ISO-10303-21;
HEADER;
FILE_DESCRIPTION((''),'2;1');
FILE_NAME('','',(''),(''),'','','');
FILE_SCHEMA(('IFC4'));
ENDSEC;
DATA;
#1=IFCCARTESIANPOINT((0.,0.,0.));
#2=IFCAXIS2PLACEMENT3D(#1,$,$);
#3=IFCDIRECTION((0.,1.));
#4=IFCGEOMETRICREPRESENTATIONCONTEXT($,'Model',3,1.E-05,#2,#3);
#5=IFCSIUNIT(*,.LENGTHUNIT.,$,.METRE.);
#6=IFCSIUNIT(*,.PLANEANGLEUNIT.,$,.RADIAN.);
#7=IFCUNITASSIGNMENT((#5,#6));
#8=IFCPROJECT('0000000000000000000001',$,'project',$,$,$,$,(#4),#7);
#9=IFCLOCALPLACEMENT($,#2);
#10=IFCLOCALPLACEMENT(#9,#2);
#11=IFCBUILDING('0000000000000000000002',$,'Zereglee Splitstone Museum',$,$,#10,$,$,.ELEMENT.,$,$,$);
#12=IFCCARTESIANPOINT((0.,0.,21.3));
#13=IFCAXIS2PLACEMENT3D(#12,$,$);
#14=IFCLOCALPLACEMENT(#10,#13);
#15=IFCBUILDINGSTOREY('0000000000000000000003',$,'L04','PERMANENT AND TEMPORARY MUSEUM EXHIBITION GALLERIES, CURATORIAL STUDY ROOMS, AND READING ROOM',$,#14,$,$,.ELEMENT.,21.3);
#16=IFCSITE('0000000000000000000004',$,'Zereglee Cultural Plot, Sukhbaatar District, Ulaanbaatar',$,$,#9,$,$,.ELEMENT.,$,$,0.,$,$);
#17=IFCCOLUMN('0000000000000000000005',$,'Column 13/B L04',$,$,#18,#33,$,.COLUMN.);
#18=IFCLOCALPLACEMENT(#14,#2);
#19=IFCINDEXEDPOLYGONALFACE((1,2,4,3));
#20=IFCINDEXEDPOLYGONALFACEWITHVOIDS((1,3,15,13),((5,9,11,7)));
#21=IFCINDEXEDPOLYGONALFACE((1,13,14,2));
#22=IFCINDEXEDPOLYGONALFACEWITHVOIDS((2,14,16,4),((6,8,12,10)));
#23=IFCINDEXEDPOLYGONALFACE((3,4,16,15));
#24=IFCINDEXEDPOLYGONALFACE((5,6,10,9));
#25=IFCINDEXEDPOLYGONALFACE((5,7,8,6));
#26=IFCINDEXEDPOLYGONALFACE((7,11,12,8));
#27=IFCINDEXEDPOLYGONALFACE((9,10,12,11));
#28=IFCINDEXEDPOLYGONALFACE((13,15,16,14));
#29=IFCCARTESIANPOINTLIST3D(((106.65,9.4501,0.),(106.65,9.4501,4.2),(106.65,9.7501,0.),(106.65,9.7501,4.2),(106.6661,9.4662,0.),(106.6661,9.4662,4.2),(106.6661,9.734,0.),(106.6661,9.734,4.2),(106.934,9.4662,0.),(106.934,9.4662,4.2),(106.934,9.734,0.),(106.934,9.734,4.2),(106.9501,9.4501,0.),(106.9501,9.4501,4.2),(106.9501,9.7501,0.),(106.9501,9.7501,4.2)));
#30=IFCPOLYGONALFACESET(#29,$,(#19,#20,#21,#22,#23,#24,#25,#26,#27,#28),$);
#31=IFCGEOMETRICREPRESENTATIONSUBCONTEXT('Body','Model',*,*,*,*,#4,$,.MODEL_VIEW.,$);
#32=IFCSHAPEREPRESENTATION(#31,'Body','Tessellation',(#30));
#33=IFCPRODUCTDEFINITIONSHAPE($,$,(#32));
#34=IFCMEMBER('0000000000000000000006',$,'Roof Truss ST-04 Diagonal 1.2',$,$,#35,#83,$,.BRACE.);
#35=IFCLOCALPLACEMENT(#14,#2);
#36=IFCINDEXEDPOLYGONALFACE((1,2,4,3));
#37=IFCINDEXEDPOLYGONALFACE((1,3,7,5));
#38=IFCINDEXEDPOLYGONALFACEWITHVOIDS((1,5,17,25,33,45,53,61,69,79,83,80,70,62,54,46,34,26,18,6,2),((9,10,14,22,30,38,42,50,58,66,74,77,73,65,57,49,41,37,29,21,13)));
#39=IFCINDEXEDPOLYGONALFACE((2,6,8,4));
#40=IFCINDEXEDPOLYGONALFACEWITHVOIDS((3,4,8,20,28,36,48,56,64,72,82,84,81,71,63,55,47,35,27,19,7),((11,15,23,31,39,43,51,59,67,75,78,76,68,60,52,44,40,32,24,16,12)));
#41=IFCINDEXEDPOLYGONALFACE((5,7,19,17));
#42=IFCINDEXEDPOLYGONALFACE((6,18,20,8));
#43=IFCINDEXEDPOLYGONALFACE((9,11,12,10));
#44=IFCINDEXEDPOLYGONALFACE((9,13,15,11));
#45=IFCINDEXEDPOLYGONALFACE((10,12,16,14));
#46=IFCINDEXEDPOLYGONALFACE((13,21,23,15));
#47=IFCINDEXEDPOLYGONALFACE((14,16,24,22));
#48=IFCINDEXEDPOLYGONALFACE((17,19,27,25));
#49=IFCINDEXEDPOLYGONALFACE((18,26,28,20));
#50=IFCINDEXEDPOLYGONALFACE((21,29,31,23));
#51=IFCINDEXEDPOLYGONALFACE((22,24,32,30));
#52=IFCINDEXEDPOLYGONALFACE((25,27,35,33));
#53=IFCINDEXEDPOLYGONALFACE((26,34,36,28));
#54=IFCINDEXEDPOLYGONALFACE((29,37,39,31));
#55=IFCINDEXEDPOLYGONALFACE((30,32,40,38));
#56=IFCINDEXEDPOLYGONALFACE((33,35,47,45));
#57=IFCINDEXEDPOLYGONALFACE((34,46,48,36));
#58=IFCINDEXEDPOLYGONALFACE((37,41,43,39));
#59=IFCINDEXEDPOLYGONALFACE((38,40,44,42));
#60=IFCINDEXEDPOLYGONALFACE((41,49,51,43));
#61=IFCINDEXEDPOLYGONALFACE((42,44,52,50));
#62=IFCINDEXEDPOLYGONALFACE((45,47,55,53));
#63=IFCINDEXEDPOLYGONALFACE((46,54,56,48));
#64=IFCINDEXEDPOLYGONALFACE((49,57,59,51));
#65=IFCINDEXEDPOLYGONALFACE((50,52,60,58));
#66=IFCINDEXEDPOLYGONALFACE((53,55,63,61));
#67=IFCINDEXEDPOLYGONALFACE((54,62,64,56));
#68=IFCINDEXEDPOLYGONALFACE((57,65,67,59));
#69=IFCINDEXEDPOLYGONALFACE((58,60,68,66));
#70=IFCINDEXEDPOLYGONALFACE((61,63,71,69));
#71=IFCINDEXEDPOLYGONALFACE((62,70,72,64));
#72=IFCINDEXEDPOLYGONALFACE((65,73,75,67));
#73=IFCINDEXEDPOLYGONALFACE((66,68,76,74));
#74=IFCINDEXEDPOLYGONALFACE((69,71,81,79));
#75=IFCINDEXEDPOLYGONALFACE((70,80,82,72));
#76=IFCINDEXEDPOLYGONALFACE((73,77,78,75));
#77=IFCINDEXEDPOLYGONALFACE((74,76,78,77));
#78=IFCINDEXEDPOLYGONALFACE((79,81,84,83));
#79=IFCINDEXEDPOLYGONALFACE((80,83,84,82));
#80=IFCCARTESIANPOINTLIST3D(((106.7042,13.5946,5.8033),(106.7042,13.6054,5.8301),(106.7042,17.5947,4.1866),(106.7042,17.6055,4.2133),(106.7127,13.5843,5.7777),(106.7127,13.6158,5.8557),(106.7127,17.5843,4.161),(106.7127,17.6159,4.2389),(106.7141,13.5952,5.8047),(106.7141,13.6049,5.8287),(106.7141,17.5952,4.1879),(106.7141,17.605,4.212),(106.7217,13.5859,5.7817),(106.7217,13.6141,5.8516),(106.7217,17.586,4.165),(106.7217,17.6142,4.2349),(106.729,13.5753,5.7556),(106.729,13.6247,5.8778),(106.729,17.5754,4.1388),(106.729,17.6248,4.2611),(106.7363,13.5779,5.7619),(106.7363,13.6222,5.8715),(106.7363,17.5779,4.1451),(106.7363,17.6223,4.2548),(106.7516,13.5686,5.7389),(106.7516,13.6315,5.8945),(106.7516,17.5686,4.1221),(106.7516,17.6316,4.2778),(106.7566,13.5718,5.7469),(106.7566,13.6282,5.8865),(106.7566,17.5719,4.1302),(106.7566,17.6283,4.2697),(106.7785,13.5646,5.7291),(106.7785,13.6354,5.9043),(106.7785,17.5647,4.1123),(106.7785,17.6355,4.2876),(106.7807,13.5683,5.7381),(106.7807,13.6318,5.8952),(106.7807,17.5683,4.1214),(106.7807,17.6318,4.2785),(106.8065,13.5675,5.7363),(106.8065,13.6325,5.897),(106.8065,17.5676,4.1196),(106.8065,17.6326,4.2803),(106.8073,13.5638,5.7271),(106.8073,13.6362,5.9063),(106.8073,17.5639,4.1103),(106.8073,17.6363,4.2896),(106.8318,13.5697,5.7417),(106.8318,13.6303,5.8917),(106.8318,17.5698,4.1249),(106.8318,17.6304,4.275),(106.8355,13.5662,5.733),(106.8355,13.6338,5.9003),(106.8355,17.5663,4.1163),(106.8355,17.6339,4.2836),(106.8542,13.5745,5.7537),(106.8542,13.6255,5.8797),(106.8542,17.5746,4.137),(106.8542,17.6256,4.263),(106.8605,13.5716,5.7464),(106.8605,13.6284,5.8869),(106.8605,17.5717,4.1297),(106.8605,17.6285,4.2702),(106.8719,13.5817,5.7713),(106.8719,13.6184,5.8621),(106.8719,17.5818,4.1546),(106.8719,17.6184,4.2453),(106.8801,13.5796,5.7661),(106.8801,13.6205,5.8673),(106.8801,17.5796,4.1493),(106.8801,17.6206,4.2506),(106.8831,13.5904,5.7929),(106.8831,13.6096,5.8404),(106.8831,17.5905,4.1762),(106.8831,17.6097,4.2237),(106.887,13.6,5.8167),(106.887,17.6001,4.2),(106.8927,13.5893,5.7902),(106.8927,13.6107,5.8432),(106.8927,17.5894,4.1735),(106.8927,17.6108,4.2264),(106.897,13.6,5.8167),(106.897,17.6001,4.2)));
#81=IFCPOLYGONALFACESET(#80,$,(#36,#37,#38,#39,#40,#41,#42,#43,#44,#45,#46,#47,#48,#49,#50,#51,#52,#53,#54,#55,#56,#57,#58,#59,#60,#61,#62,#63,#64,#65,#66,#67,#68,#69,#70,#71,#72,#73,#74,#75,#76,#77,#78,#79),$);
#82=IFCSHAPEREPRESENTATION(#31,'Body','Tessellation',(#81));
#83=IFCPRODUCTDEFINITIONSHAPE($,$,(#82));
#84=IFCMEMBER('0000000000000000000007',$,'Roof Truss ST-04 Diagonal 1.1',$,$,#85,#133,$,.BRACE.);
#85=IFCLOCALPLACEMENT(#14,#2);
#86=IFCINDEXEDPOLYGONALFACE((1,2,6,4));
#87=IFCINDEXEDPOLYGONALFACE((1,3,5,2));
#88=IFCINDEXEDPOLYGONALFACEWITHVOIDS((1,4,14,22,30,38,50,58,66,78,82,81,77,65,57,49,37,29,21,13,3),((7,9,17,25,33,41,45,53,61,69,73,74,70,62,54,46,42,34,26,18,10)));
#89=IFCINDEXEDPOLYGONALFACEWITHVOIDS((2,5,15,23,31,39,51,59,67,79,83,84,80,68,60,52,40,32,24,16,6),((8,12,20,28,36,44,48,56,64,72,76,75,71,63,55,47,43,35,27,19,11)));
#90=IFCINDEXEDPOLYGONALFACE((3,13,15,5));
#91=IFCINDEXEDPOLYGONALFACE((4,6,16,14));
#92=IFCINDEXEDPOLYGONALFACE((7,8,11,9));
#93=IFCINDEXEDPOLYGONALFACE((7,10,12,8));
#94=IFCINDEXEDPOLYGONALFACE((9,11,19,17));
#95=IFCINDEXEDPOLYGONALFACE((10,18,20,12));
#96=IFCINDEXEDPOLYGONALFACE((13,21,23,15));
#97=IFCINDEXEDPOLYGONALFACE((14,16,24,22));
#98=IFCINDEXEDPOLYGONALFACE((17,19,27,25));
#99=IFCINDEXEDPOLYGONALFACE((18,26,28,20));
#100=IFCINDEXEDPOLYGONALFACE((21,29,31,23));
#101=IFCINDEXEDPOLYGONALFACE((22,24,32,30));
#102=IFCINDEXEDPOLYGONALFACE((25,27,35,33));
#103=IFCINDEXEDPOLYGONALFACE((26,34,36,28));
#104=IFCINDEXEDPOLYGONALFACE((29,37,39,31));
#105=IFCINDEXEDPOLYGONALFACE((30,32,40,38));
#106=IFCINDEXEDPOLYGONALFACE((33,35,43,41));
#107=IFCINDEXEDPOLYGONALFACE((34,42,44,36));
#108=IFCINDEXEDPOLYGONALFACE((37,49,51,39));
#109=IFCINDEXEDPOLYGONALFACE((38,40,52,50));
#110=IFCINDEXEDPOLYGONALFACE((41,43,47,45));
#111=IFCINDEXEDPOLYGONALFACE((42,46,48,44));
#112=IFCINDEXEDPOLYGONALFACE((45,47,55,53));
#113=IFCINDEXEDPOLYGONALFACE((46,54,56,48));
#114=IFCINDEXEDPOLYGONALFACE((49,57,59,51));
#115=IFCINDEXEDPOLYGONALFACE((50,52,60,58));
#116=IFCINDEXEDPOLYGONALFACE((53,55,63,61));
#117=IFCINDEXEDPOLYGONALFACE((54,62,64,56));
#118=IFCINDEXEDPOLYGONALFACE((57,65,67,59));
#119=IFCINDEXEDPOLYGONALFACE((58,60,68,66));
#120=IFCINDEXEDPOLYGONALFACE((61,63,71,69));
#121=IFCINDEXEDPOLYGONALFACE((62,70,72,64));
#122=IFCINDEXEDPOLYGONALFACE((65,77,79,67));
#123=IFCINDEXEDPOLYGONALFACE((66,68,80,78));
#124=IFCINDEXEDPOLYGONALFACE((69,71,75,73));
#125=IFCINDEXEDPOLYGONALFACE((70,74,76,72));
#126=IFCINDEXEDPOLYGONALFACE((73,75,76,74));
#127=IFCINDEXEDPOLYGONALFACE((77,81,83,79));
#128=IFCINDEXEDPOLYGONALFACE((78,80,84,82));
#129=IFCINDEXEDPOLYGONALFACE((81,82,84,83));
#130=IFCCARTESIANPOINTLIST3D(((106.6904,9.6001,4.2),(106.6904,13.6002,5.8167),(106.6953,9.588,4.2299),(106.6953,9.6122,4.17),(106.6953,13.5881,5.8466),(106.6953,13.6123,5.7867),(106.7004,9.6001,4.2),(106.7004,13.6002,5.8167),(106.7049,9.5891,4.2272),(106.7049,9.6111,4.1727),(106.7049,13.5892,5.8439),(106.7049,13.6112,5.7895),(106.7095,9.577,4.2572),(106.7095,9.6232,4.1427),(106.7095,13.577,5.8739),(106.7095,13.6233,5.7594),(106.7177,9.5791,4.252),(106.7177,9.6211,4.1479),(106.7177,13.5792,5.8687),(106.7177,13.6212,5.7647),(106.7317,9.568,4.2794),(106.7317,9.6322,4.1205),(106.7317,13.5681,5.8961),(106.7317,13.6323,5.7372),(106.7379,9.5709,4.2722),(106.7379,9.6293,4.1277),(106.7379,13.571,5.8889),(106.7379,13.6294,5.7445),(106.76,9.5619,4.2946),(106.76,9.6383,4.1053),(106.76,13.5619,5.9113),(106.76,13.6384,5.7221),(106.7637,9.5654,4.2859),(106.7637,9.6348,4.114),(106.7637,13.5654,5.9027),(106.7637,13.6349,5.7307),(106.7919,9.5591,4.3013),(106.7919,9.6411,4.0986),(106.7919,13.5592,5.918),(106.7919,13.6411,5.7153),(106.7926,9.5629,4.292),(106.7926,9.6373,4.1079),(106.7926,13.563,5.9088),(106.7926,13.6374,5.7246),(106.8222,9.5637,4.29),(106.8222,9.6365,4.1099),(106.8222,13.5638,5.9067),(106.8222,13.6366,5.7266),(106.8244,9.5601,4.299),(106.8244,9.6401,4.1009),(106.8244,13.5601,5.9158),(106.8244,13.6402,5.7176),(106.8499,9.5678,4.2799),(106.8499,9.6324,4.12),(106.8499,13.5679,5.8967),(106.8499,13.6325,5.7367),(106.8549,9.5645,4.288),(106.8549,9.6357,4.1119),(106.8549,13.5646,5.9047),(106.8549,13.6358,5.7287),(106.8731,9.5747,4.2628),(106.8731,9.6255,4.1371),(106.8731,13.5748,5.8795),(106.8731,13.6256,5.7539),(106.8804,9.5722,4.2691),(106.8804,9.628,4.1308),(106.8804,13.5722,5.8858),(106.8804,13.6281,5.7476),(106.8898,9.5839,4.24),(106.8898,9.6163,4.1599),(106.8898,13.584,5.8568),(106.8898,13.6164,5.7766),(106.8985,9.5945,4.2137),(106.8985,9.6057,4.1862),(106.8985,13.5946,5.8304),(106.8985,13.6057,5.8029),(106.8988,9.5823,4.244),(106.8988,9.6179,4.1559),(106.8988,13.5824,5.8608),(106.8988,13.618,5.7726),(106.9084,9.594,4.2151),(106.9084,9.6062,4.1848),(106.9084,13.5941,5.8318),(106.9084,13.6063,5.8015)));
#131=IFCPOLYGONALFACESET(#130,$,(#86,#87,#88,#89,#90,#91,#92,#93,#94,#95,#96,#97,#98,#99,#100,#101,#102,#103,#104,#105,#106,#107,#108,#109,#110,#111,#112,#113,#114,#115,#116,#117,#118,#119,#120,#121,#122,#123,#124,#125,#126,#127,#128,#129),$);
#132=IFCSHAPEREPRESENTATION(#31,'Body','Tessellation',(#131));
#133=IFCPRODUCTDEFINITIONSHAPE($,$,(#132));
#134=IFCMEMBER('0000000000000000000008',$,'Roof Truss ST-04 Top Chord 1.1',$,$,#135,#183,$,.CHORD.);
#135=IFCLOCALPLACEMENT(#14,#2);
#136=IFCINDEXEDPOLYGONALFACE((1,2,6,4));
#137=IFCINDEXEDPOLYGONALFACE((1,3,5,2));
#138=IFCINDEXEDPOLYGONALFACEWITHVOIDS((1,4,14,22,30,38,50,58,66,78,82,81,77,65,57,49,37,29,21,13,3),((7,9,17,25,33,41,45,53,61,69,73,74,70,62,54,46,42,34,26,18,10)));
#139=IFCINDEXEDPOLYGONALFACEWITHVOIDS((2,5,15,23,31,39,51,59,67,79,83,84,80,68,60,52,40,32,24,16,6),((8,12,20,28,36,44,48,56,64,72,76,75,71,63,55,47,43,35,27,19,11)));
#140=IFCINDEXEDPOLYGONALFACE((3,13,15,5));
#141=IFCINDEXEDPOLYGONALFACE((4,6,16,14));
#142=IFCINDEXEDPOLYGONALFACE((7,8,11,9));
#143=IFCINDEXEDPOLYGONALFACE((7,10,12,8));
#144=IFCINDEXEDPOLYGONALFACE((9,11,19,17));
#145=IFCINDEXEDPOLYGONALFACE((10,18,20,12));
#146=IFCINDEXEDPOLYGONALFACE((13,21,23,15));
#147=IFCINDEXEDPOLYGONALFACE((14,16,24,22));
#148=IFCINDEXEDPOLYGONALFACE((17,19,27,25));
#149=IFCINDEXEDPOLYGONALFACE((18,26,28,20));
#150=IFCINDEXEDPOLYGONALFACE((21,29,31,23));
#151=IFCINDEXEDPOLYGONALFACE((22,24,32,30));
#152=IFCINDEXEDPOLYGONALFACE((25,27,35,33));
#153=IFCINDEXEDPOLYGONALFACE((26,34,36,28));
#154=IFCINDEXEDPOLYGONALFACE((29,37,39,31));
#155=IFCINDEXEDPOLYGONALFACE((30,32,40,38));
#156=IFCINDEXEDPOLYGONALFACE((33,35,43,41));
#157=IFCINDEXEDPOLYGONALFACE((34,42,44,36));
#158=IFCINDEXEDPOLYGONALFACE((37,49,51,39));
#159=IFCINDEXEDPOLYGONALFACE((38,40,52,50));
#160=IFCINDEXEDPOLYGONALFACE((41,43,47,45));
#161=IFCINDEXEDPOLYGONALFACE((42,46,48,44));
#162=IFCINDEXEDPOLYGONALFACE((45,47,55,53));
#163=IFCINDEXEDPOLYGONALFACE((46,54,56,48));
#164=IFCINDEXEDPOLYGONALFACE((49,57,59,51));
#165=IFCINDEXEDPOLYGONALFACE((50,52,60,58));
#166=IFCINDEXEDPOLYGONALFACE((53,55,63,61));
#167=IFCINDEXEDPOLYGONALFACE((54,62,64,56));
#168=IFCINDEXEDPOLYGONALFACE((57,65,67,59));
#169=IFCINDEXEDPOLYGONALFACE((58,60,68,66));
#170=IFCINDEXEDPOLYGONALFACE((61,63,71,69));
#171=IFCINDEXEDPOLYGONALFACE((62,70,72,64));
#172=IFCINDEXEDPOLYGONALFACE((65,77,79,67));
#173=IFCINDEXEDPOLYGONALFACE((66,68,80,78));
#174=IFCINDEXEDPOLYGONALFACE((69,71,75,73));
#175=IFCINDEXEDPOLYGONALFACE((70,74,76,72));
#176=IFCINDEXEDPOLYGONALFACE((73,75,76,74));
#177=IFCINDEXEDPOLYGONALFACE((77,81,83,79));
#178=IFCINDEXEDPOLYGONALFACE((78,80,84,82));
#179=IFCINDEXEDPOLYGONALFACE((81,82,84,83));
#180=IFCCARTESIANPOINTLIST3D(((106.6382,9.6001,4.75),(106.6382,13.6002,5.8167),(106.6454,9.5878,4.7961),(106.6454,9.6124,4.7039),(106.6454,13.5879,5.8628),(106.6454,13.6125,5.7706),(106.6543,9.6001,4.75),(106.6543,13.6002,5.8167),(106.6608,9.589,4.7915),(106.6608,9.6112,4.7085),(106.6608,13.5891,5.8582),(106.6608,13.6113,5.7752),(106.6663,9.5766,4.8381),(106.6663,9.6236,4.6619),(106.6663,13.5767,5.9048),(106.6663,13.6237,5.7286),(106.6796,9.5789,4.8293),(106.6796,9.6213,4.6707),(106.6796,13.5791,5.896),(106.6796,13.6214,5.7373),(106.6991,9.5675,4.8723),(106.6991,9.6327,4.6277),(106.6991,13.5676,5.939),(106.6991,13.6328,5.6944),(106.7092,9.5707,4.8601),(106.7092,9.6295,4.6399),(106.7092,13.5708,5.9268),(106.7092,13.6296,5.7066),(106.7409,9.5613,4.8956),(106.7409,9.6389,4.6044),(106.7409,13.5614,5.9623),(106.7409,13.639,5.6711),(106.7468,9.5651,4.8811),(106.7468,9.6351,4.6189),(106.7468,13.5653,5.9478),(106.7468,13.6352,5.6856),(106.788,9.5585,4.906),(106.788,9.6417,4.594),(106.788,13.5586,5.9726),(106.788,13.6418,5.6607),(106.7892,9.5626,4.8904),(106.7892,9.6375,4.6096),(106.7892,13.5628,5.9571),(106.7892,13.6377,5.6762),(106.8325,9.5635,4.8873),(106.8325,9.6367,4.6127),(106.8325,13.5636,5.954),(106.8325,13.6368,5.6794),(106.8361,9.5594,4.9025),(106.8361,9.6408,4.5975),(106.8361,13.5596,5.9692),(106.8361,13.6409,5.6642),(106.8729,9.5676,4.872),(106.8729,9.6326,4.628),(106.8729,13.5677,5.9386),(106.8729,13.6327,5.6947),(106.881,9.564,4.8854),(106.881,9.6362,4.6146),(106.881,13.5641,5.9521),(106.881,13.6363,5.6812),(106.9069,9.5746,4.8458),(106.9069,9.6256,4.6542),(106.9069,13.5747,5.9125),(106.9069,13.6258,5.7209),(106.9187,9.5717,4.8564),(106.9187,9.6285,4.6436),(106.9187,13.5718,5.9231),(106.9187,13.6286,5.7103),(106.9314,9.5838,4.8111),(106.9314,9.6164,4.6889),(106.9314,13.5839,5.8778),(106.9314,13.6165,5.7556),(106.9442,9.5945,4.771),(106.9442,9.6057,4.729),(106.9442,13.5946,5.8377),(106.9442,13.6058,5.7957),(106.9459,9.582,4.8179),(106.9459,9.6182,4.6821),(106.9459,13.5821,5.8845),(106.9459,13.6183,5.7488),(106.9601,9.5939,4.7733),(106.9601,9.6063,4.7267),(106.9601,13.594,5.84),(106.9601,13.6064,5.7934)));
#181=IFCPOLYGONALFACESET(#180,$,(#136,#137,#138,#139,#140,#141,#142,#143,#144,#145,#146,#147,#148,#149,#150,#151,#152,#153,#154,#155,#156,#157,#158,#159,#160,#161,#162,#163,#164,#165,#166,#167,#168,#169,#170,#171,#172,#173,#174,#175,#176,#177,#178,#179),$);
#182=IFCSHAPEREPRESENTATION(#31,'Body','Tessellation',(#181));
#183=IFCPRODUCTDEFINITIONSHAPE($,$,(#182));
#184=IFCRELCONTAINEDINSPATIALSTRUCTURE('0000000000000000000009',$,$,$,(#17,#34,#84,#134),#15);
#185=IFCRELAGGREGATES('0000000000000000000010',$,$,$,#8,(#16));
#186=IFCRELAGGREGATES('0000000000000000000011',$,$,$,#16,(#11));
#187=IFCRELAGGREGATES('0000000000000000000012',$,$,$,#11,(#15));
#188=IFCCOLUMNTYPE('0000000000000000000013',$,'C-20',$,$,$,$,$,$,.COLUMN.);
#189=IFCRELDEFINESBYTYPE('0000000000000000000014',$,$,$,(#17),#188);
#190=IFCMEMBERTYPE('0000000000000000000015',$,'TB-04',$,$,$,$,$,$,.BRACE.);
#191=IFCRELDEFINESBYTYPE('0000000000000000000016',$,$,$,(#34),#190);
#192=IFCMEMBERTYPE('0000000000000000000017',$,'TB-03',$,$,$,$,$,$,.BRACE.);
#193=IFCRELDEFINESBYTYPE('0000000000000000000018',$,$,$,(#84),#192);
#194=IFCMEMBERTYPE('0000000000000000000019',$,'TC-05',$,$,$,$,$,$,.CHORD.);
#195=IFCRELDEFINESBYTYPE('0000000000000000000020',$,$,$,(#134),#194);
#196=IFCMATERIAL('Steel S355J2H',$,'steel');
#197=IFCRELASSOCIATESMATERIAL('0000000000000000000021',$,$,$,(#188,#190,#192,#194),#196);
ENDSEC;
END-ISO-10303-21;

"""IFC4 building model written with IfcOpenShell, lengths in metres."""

from ifc_helpers import new_model, si_unit, direction, frame, origin, origin_2d, place, context, subcontext, project, spatial, hollow_rectangle, hollow_circle, extrude, material, material_profile, profile_set, type_object, element, save


model = new_model("IFC4")

# Units and contexts
model_context = context("Model", 3, precision=1e-05, world=origin(), true_north=direction((0.0, 1.0)))
body_context = subcontext(model_context, "Body", "Model", "MODEL_VIEW")
ifc_project = project(units=[si_unit("LENGTHUNIT", "METRE"), si_unit("PLANEANGLEUNIT", "RADIAN")], contexts=[model_context])

# Site, building, storey
site_placement = place(None, origin())
site = spatial("IfcSite", under=ifc_project, at=site_placement, Name="Zereglee Cultural Plot, Sukhbaatar District, Ulaanbaatar", CompositionType="ELEMENT", RefElevation=0.0)
building_placement = place(site_placement, origin())
building = spatial("IfcBuilding", under=site, at=building_placement, Name="Zereglee Splitstone Museum", CompositionType="ELEMENT")
storey_placement = place(building_placement, frame((0.0, 0.0, 21.3)))
storey = spatial("IfcBuildingStorey", under=building, at=storey_placement, Name="L04", Description="PERMANENT AND TEMPORARY MUSEUM EXHIBITION GALLERIES, CURATORIAL STUDY ROOMS, AND READING ROOM", CompositionType="ELEMENT", Elevation=21.3)

# Column
ifc_material_1 = material(Name="Steel S355J2H", Category="steel")
ifc_material_profile_1 = material_profile(ifc_material_1, hollow_rectangle(XDim=0.3, YDim=0.3, WallThickness=0.0161, at=origin_2d()), Name="SHS 300x300x16")
ifc_profile_set_1 = profile_set([ifc_material_profile_1], Name="Steel S355J2H")
column_type = type_object("IfcColumnType", Name="C-20", PredefinedType="COLUMN", material=ifc_profile_set_1)
column_placement = place(storey_placement, frame((106.8, 9.6001, 0.0), z_axis=(0.0, 0.0, 1.0), x_axis=(1.0, 0.0, 0.0)))
element("IfcColumn", 1, at=column_placement, inside=storey, type_object=column_type, Name="Column 13/B L04", PredefinedType="COLUMN", context=body_context, shape_type="SweptSolid", body=[
    extrude(hollow_rectangle(XDim=0.3, YDim=0.3, WallThickness=0.0161, at=origin_2d()), origin(), (0.0, 0.0, 1.0), 4.2),
])

# Members
ifc_material_profile_2 = material_profile(ifc_material_1, hollow_circle(Radius=0.0969, WallThickness=0.01, at=origin_2d()), Name="CHS 193.7x10")
ifc_profile_set_2 = profile_set([ifc_material_profile_2], Name="Steel S355J2H")
member_type_1 = type_object("IfcMemberType", Name="TB-04", PredefinedType="BRACE", material=ifc_profile_set_2)
member_1_placement = place(storey_placement, frame((106.8, 17.6001, 4.2), z_axis=(0.0, -0.927136, 0.374725), x_axis=(1.0, 0.0, 0.0)))
element("IfcMember", 2, at=member_1_placement, inside=storey, type_object=member_type_1, Name="Roof Truss ST-04 Diagonal 1.2", PredefinedType="BRACE", context=body_context, shape_type="SweptSolid", body=[
    extrude(hollow_circle(Radius=0.0969, WallThickness=0.01, at=origin_2d()), origin(), (0.0, 0.0, 1.0), 4.3145),
])
ifc_material_profile_3 = material_profile(ifc_material_1, hollow_circle(Radius=0.1096, WallThickness=0.01, at=origin_2d()), Name="CHS 219.1x10")
ifc_profile_set_3 = profile_set([ifc_material_profile_3], Name="Steel S355J2H")
member_type_2 = type_object("IfcMemberType", Name="TB-03", PredefinedType="BRACE", material=ifc_profile_set_3)
member_2_placement = place(storey_placement, frame((106.8, 9.6001, 4.2), z_axis=(0.0, 0.927136, 0.374725), x_axis=(-1.0, 0.0, 0.0)))
element("IfcMember", 3, at=member_2_placement, inside=storey, type_object=member_type_2, Name="Roof Truss ST-04 Diagonal 1.1", PredefinedType="BRACE", context=body_context, shape_type="SweptSolid", body=[
    extrude(hollow_circle(Radius=0.1096, WallThickness=0.01, at=origin_2d()), origin(), (0.0, 0.0, 1.0), 4.3145),
])
ifc_material_profile_4 = material_profile(ifc_material_1, hollow_circle(Radius=0.1619, WallThickness=0.0161, at=origin_2d()), Name="CHS 323.9x16")
ifc_profile_set_4 = profile_set([ifc_material_profile_4], Name="Steel S355J2H")
member_type_3 = type_object("IfcMemberType", Name="TC-05", PredefinedType="CHORD", material=ifc_profile_set_4)
for number, where, z_axis, x_axis, name in (
    (4, (106.8, 9.6001, 4.75), (0.0, 0.966236, 0.257659), (-1.0, 0.0, 0.0), "Roof Truss ST-04 Top Chord 1.1"),
):
    element("IfcMember", number, at=place(storey_placement, frame(where, z_axis=z_axis, x_axis=x_axis)), inside=storey, type_object=member_type_3, Name=name, PredefinedType="CHORD", context=body_context, shape_type="SweptSolid", body=[
        extrude(hollow_circle(Radius=0.1619, WallThickness=0.0161, at=origin_2d()), origin(), (0.0, 0.0, 1.0), 4.1399),
    ])

save(model, "model.ifc")
